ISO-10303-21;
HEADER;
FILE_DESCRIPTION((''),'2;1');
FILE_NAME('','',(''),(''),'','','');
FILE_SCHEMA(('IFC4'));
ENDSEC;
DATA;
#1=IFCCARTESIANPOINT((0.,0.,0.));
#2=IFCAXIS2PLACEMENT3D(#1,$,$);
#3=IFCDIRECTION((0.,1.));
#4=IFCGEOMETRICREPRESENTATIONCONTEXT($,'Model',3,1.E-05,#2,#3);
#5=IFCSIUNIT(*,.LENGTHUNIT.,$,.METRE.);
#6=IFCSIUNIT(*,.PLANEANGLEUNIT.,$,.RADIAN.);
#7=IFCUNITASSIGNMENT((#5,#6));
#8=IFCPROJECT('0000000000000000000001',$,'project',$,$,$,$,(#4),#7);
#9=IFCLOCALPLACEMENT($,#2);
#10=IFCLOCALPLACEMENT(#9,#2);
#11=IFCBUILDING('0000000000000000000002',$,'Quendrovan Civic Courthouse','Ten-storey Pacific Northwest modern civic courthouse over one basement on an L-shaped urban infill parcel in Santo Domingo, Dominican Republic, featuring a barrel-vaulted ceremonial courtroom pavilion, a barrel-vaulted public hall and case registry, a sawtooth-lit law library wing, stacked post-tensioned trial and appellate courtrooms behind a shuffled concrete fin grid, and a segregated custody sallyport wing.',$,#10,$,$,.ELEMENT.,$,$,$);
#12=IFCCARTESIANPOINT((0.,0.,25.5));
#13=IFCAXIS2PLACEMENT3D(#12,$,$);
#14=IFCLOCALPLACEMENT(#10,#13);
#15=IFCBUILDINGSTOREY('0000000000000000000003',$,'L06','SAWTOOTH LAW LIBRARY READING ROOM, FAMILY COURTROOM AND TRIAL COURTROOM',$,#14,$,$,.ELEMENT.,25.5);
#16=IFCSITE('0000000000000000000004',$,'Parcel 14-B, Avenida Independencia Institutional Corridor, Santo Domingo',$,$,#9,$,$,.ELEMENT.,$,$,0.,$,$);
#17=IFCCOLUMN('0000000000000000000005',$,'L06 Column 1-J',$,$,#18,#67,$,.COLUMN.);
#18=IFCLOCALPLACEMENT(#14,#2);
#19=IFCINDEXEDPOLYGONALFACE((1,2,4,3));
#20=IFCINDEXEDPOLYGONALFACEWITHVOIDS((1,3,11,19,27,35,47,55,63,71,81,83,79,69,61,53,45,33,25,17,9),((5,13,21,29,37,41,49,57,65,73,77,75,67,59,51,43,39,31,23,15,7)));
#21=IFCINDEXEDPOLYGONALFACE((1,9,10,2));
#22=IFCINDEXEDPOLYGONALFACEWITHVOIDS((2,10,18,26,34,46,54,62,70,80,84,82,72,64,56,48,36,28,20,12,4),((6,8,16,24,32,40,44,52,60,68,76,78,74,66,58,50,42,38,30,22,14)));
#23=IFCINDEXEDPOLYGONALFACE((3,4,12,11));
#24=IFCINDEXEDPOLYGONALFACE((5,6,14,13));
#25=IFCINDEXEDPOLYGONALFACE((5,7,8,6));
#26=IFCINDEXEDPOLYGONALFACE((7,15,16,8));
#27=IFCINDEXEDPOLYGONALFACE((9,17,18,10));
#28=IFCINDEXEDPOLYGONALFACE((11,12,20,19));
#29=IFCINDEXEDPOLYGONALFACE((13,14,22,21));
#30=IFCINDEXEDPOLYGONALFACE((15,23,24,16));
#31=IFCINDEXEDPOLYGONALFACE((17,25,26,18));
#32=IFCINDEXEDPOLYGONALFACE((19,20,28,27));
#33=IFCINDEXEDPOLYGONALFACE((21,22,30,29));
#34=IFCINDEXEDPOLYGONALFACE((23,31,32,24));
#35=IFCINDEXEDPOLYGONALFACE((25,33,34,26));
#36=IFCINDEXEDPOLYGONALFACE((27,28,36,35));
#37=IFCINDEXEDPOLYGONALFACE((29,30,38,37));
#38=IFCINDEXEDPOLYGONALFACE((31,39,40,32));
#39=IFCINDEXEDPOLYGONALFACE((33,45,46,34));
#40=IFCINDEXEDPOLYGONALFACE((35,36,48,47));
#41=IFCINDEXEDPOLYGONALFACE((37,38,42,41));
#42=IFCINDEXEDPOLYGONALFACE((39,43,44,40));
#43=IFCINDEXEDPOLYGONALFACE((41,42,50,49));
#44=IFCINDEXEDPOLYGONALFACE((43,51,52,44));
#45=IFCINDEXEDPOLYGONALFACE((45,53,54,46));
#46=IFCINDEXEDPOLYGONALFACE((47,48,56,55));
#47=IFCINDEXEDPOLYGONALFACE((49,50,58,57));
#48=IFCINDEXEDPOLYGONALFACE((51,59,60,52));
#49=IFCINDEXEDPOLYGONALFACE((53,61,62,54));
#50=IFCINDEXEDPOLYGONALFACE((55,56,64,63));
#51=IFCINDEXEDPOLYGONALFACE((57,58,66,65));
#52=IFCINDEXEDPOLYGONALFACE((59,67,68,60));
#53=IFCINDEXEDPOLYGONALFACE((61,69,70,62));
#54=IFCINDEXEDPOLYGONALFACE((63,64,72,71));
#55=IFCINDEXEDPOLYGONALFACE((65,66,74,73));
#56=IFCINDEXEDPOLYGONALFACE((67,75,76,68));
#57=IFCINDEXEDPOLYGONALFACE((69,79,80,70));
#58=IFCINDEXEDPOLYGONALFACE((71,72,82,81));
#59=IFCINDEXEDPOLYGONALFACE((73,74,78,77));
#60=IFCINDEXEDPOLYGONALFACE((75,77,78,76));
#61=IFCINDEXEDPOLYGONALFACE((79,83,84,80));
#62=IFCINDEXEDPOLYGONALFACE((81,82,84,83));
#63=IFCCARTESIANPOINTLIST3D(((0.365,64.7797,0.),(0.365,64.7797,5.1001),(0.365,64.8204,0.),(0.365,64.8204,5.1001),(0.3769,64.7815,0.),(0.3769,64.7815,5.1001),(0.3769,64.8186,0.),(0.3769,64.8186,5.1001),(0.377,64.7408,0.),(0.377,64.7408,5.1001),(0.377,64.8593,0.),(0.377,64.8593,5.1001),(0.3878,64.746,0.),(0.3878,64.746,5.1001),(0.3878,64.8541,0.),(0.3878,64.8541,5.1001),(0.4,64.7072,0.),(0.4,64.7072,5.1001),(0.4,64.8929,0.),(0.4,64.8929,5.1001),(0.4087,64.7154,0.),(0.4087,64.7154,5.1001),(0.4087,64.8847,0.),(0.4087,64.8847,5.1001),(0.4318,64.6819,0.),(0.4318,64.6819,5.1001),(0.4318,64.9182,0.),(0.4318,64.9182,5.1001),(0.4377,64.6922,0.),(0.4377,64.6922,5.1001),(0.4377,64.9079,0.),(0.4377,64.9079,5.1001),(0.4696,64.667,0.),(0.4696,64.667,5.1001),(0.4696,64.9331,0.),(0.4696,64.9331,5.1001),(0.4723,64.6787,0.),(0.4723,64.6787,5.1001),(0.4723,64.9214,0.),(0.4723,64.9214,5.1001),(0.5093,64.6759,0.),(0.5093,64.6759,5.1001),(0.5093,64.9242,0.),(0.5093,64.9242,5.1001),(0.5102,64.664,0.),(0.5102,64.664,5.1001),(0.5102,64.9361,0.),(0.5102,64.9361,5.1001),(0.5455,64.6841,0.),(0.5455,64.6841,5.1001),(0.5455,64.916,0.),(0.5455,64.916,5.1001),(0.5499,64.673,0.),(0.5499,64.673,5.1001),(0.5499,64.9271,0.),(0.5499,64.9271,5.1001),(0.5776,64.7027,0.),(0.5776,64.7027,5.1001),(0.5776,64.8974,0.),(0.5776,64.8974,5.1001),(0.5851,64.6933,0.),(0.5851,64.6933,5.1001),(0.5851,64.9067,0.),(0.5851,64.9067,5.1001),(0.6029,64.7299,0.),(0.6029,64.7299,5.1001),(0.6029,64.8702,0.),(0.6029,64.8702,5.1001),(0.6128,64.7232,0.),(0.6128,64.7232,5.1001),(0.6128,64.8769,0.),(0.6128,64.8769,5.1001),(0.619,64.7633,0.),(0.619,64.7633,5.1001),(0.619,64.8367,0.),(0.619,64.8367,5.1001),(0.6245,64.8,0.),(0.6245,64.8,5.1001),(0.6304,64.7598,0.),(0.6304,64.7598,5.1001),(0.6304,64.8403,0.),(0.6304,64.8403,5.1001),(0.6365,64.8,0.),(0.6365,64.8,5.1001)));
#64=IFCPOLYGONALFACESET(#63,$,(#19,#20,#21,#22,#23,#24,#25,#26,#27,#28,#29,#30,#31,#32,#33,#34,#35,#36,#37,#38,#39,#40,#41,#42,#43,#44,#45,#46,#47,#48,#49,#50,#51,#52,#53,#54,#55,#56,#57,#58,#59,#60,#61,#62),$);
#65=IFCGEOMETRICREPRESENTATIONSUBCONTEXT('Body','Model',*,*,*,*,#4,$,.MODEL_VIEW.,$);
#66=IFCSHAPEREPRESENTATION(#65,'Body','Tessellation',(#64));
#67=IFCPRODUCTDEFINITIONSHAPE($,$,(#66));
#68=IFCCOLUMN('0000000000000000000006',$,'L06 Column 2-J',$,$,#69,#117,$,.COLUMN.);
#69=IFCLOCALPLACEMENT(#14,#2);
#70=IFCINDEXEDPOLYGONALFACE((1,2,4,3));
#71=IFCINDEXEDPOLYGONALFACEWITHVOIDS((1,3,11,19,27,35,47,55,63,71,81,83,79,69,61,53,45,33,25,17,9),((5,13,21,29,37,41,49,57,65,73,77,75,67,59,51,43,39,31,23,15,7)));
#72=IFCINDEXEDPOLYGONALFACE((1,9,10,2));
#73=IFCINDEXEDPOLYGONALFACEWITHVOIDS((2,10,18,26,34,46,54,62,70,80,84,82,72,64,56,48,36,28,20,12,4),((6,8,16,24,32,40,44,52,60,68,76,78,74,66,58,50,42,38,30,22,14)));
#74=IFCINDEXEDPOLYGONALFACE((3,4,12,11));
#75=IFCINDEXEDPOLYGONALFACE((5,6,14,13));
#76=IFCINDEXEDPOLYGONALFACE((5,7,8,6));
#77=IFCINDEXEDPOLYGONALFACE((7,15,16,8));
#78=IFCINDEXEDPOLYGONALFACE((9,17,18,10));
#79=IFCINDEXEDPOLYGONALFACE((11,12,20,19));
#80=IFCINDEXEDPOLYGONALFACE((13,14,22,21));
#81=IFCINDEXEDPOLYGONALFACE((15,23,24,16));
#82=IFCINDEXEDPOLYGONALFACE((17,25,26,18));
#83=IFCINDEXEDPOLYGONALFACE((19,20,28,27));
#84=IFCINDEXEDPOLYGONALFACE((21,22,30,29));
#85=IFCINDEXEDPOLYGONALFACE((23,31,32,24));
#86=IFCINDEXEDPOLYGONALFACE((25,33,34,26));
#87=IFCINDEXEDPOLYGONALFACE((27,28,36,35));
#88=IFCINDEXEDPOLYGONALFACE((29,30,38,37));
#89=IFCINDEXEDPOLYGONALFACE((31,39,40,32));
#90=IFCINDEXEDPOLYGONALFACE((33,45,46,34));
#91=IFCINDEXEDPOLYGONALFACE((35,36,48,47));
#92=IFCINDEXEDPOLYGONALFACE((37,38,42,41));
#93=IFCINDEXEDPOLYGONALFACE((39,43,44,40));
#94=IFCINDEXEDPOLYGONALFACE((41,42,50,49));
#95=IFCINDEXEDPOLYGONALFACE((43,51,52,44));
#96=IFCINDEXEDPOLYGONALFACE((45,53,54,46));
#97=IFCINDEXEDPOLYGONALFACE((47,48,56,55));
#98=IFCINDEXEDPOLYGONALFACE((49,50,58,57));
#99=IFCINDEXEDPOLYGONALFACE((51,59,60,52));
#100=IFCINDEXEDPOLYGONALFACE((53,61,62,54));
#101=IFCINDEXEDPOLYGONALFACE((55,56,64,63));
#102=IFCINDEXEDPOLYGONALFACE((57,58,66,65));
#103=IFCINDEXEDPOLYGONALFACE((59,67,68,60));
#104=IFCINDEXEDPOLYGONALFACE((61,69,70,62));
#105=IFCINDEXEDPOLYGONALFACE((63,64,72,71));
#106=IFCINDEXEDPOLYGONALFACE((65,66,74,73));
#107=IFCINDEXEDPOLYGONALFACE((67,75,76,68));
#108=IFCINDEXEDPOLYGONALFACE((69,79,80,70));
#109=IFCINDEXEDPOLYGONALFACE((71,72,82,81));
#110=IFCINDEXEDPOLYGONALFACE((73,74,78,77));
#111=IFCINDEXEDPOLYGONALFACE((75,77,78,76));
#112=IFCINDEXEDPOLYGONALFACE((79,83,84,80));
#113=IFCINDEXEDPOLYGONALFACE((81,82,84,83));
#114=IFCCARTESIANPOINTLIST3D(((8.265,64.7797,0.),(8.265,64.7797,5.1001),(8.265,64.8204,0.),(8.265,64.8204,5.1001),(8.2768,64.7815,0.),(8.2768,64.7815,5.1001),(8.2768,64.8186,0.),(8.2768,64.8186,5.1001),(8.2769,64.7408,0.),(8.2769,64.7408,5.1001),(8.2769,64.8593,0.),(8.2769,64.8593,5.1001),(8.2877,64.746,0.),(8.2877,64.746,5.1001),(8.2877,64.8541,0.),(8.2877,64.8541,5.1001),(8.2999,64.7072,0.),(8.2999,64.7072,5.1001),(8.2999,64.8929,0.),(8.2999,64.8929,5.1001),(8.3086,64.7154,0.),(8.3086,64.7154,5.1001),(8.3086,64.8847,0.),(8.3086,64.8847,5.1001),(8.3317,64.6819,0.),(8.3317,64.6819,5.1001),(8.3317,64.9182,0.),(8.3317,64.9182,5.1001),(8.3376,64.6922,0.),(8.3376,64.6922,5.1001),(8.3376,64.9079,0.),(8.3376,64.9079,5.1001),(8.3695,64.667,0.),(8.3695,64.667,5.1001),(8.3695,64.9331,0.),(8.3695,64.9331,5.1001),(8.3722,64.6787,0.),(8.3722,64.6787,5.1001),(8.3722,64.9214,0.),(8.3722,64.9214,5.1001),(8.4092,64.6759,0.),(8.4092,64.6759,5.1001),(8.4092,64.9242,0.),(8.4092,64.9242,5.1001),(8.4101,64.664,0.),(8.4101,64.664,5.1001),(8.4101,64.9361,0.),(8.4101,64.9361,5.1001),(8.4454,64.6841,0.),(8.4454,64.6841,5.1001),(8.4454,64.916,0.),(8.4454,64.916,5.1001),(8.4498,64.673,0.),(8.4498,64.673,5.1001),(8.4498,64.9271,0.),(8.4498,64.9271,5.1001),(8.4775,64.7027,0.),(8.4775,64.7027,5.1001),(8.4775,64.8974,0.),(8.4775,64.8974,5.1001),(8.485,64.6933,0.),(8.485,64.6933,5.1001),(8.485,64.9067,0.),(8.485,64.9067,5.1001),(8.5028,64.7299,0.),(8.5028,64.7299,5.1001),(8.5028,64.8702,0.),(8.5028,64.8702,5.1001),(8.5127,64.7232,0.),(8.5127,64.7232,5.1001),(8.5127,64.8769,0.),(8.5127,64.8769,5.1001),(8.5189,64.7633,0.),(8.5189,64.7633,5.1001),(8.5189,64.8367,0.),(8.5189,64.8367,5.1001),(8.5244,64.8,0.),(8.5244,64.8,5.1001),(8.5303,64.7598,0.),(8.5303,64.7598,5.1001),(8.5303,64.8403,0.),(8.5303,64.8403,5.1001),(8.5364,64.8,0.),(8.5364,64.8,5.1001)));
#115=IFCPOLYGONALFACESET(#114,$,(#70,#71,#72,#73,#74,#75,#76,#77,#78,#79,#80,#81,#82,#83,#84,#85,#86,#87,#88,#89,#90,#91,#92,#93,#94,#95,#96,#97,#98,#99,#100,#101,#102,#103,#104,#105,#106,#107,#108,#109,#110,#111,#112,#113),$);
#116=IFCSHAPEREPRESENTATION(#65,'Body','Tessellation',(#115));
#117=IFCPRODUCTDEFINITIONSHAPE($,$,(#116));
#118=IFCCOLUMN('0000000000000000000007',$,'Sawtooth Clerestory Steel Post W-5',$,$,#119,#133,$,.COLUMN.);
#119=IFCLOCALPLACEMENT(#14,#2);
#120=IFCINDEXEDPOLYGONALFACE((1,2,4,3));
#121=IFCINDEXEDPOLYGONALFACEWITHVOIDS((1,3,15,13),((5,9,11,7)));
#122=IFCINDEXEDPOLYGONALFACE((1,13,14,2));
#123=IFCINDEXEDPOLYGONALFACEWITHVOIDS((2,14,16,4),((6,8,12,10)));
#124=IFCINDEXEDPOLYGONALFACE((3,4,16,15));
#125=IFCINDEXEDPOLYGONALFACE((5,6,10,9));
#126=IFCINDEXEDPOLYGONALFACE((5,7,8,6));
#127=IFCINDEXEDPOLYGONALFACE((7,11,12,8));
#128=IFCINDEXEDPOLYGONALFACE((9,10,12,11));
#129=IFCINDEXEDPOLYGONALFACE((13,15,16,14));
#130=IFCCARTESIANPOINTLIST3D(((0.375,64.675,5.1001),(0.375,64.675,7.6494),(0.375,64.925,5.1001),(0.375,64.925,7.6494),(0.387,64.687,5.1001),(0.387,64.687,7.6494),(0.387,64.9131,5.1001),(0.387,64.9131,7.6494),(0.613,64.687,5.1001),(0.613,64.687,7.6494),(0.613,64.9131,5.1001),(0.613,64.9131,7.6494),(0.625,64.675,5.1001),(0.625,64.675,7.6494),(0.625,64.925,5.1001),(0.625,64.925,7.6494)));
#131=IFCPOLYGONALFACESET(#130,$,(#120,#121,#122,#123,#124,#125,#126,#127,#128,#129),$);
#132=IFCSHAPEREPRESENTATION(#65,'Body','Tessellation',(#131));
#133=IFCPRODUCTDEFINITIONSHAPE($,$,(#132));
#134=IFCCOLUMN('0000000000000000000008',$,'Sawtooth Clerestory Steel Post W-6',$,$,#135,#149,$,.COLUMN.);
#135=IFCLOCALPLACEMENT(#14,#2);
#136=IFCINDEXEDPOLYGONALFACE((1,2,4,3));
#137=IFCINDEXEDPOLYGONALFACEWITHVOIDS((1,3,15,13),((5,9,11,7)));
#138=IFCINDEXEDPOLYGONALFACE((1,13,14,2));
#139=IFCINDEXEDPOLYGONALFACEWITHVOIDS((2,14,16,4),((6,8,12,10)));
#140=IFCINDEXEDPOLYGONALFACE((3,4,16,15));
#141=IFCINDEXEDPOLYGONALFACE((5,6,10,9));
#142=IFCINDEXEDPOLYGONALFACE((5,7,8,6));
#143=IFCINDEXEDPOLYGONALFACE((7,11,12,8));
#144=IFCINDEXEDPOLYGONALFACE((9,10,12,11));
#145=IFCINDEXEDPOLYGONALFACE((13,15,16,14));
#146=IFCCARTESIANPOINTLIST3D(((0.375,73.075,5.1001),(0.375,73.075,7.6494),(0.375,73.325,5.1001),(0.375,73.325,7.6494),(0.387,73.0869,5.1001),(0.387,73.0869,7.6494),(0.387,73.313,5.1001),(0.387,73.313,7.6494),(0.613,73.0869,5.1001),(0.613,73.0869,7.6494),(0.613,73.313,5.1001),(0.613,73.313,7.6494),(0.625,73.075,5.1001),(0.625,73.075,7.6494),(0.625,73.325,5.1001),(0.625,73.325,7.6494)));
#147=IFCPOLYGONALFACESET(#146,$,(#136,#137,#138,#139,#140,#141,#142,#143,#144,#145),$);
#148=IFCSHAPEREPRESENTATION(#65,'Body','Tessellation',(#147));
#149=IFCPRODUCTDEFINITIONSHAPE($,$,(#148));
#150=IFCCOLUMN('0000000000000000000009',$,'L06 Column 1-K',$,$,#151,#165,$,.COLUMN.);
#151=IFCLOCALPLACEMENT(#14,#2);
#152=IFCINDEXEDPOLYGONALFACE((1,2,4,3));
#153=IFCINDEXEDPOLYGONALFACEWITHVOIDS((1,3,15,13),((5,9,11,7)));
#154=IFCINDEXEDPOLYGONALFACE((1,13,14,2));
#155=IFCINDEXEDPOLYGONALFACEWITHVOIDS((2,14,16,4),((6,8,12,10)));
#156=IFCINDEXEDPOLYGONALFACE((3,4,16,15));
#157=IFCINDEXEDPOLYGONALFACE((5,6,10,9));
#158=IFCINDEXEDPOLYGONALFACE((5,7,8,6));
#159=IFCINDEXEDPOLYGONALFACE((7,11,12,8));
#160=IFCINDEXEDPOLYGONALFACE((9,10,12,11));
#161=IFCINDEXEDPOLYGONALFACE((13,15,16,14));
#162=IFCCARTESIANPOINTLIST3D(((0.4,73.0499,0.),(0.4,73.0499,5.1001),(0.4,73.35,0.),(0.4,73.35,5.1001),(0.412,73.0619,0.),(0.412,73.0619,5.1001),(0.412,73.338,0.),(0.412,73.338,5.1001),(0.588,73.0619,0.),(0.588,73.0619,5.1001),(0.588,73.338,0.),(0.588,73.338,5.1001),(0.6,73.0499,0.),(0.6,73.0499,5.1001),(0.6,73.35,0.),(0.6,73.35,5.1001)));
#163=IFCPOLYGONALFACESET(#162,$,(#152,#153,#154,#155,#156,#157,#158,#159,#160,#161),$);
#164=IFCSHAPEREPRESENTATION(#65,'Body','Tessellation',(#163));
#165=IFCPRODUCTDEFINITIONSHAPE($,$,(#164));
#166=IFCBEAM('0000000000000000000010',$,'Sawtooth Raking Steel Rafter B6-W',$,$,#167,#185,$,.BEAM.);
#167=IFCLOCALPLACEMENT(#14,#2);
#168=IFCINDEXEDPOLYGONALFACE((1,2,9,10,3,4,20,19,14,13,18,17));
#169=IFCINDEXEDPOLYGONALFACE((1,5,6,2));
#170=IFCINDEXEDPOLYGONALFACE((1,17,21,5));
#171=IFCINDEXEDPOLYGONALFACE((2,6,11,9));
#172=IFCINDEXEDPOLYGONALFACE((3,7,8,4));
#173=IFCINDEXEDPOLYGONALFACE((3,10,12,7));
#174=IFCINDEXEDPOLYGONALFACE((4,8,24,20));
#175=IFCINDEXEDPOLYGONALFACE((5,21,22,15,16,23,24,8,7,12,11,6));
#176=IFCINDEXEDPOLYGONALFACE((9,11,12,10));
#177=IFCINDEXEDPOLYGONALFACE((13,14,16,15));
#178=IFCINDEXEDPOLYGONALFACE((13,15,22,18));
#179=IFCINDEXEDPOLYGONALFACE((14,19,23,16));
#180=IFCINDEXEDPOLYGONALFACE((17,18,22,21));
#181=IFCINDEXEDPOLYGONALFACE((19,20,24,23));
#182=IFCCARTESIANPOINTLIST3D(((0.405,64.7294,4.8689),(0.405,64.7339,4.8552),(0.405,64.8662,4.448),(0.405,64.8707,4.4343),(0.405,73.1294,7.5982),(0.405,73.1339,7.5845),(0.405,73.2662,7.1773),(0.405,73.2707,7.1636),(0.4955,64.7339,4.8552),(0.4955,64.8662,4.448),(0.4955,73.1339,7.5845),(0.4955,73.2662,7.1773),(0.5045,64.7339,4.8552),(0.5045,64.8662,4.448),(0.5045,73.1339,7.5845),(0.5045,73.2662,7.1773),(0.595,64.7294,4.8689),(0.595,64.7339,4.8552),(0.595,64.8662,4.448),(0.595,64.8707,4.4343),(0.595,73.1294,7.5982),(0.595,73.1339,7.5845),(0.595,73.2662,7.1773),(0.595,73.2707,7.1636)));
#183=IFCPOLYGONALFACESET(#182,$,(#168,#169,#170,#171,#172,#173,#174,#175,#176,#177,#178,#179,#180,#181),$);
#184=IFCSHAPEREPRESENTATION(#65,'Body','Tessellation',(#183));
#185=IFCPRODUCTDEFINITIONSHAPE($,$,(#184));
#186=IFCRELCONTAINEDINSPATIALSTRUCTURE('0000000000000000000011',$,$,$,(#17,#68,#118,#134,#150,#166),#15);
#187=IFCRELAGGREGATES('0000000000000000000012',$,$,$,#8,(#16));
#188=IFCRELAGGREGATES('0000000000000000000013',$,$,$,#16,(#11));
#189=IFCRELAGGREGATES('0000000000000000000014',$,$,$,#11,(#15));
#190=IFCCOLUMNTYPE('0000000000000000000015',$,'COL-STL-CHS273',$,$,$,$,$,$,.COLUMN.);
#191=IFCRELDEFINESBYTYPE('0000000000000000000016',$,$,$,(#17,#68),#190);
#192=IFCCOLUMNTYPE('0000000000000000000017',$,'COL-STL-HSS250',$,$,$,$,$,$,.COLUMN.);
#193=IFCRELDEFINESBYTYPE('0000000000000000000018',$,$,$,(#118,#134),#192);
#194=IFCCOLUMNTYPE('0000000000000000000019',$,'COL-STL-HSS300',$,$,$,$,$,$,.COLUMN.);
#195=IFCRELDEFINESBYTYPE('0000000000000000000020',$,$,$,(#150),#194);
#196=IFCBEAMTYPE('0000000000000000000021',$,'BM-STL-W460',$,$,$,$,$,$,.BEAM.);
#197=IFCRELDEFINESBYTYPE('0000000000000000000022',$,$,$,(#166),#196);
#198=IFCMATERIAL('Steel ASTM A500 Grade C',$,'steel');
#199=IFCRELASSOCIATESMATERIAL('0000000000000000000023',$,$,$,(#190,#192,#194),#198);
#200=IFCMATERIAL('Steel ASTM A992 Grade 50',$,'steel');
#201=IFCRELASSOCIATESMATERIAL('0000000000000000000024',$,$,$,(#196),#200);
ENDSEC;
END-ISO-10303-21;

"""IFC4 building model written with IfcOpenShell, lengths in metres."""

from ifc_helpers import new_model, si_unit, direction, frame, origin, origin_2d, place, context, subcontext, project, spatial, hollow_rectangle, hollow_circle, i_section, extrude, material, material_profile, profile_set, type_object, element, save


model = new_model("IFC4")

# Units and contexts
model_context = context("Model", 3, precision=1e-05, world=origin(), true_north=direction((0.0, 1.0)))
body_context = subcontext(model_context, "Body", "Model", "MODEL_VIEW")
ifc_project = project(units=[si_unit("LENGTHUNIT", "METRE"), si_unit("PLANEANGLEUNIT", "RADIAN")], contexts=[model_context])

# Site, building, storey
site_placement = place(None, origin())
site = spatial("IfcSite", under=ifc_project, at=site_placement, Name="Parcel 14-B, Avenida Independencia Institutional Corridor, Santo Domingo", CompositionType="ELEMENT", RefElevation=0.0)
building_placement = place(site_placement, origin())
building = spatial("IfcBuilding", under=site, at=building_placement, Name="Quendrovan Civic Courthouse", Description="Ten-storey Pacific Northwest modern civic courthouse over one basement on an L-shaped urban infill parcel in Santo Domingo, Dominican Republic, featuring a barrel-vaulted ceremonial courtroom pavilion, a barrel-vaulted public hall and case registry, a sawtooth-lit law library wing, stacked post-tensioned trial and appellate courtrooms behind a shuffled concrete fin grid, and a segregated custody sallyport wing.", CompositionType="ELEMENT")
storey_placement = place(building_placement, frame((0.0, 0.0, 25.5)))
storey = spatial("IfcBuildingStorey", under=building, at=storey_placement, Name="L06", Description="SAWTOOTH LAW LIBRARY READING ROOM, FAMILY COURTROOM AND TRIAL COURTROOM", CompositionType="ELEMENT", Elevation=25.5)

# Columns
ifc_material_1 = material(Name="Steel ASTM A500 Grade C", Category="steel")
ifc_material_profile_1 = material_profile(ifc_material_1, hollow_circle(Radius=0.1365, WallThickness=0.012, at=origin_2d()), Name="CHS273x12")
ifc_profile_set_1 = profile_set([ifc_material_profile_1], Name="Steel ASTM A500 Grade C")
column_type_1 = type_object("IfcColumnType", Name="COL-STL-CHS273", PredefinedType="COLUMN", material=ifc_profile_set_1)
for number, where, z_axis, x_axis, name in (
    (1, (0.5, 64.8, 0.0), (0.0, 0.0, 1.0), (1.0, 0.0, 0.0), "L06 Column 1-J"),
    (2, (8.3999, 64.8, 0.0), (0.0, 0.0, 1.0), (1.0, 0.0, 0.0), "L06 Column 2-J"),
):
    element("IfcColumn", number, at=place(storey_placement, frame(where, z_axis=z_axis, x_axis=x_axis)), inside=storey, type_object=column_type_1, Name=name, PredefinedType="COLUMN", context=body_context, shape_type="SweptSolid", body=[
        extrude(hollow_circle(Radius=0.1365, WallThickness=0.012, at=origin_2d()), origin(), (0.0, 0.0, 1.0), 5.1001),
    ])
ifc_material_profile_2 = material_profile(ifc_material_1, hollow_rectangle(XDim=0.25, YDim=0.25, WallThickness=0.012, at=origin_2d()), Name="HSS250x250x12")
ifc_profile_set_2 = profile_set([ifc_material_profile_2], Name="Steel ASTM A500 Grade C")
column_type_2 = type_object("IfcColumnType", Name="COL-STL-HSS250", PredefinedType="COLUMN", material=ifc_profile_set_2)
for number, where, z_axis, x_axis, name in (
    (3, (0.5, 64.8, 5.1001), (0.0, 0.0, 1.0), (1.0, 0.0, 0.0), "Sawtooth Clerestory Steel Post W-5"),
    (4, (0.5, 73.2, 5.1001), (0.0, 0.0, 1.0), (1.0, 0.0, 0.0), "Sawtooth Clerestory Steel Post W-6"),
):
    element("IfcColumn", number, at=place(storey_placement, frame(where, z_axis=z_axis, x_axis=x_axis)), inside=storey, type_object=column_type_2, Name=name, PredefinedType="COLUMN", context=body_context, shape_type="SweptSolid", body=[
        extrude(hollow_rectangle(XDim=0.25, YDim=0.25, WallThickness=0.012, at=origin_2d()), origin(), (0.0, 0.0, 1.0), 2.5493),
    ])
ifc_material_profile_3 = material_profile(ifc_material_1, hollow_rectangle(XDim=0.2, YDim=0.3, WallThickness=0.012, at=origin_2d()), Name="HSS300x200x12")
ifc_profile_set_3 = profile_set([ifc_material_profile_3], Name="Steel ASTM A500 Grade C")
column_type_3 = type_object("IfcColumnType", Name="COL-STL-HSS300", PredefinedType="COLUMN", material=ifc_profile_set_3)
column_placement = place(storey_placement, frame((0.5, 73.2, 0.0), z_axis=(0.0, 0.0, 1.0), x_axis=(1.0, 0.0, 0.0)))
element("IfcColumn", 5, at=column_placement, inside=storey, type_object=column_type_3, Name="L06 Column 1-K", PredefinedType="COLUMN", context=body_context, shape_type="SweptSolid", body=[
    extrude(hollow_rectangle(XDim=0.2, YDim=0.3, WallThickness=0.012, at=origin_2d()), origin(), (0.0, 0.0, 1.0), 5.1001),
])

# Beam
ifc_material_2 = material(Name="Steel ASTM A992 Grade 50", Category="steel")
ifc_material_profile_4 = material_profile(ifc_material_2, i_section(OverallWidth=0.1899, OverallDepth=0.457, WebThickness=0.009, FlangeThickness=0.0144, at=origin_2d()), Name="W460x74")
ifc_profile_set_4 = profile_set([ifc_material_profile_4], Name="Steel ASTM A992 Grade 50")
beam_type_1 = type_object("IfcBeamType", Name="BM-STL-W460", PredefinedType="BEAM", material=ifc_profile_set_4)
beam_1_placement = place(storey_placement, frame((0.5, 64.8, 4.6516), z_axis=(0.0, 0.951058, 0.309012), x_axis=(-1.0, 0.0, 0.0)))
element("IfcBeam", 6, at=beam_1_placement, inside=storey, type_object=beam_type_1, Name="Sawtooth Raking Steel Rafter B6-W", PredefinedType="BEAM", context=body_context, shape_type="SweptSolid", body=[
    extrude(i_section(OverallWidth=0.1899, OverallDepth=0.457, WebThickness=0.009, FlangeThickness=0.0144, at=origin_2d()), origin(), (0.0, 0.0, 1.0), 8.8323),
])

save(model, "model.ifc")
